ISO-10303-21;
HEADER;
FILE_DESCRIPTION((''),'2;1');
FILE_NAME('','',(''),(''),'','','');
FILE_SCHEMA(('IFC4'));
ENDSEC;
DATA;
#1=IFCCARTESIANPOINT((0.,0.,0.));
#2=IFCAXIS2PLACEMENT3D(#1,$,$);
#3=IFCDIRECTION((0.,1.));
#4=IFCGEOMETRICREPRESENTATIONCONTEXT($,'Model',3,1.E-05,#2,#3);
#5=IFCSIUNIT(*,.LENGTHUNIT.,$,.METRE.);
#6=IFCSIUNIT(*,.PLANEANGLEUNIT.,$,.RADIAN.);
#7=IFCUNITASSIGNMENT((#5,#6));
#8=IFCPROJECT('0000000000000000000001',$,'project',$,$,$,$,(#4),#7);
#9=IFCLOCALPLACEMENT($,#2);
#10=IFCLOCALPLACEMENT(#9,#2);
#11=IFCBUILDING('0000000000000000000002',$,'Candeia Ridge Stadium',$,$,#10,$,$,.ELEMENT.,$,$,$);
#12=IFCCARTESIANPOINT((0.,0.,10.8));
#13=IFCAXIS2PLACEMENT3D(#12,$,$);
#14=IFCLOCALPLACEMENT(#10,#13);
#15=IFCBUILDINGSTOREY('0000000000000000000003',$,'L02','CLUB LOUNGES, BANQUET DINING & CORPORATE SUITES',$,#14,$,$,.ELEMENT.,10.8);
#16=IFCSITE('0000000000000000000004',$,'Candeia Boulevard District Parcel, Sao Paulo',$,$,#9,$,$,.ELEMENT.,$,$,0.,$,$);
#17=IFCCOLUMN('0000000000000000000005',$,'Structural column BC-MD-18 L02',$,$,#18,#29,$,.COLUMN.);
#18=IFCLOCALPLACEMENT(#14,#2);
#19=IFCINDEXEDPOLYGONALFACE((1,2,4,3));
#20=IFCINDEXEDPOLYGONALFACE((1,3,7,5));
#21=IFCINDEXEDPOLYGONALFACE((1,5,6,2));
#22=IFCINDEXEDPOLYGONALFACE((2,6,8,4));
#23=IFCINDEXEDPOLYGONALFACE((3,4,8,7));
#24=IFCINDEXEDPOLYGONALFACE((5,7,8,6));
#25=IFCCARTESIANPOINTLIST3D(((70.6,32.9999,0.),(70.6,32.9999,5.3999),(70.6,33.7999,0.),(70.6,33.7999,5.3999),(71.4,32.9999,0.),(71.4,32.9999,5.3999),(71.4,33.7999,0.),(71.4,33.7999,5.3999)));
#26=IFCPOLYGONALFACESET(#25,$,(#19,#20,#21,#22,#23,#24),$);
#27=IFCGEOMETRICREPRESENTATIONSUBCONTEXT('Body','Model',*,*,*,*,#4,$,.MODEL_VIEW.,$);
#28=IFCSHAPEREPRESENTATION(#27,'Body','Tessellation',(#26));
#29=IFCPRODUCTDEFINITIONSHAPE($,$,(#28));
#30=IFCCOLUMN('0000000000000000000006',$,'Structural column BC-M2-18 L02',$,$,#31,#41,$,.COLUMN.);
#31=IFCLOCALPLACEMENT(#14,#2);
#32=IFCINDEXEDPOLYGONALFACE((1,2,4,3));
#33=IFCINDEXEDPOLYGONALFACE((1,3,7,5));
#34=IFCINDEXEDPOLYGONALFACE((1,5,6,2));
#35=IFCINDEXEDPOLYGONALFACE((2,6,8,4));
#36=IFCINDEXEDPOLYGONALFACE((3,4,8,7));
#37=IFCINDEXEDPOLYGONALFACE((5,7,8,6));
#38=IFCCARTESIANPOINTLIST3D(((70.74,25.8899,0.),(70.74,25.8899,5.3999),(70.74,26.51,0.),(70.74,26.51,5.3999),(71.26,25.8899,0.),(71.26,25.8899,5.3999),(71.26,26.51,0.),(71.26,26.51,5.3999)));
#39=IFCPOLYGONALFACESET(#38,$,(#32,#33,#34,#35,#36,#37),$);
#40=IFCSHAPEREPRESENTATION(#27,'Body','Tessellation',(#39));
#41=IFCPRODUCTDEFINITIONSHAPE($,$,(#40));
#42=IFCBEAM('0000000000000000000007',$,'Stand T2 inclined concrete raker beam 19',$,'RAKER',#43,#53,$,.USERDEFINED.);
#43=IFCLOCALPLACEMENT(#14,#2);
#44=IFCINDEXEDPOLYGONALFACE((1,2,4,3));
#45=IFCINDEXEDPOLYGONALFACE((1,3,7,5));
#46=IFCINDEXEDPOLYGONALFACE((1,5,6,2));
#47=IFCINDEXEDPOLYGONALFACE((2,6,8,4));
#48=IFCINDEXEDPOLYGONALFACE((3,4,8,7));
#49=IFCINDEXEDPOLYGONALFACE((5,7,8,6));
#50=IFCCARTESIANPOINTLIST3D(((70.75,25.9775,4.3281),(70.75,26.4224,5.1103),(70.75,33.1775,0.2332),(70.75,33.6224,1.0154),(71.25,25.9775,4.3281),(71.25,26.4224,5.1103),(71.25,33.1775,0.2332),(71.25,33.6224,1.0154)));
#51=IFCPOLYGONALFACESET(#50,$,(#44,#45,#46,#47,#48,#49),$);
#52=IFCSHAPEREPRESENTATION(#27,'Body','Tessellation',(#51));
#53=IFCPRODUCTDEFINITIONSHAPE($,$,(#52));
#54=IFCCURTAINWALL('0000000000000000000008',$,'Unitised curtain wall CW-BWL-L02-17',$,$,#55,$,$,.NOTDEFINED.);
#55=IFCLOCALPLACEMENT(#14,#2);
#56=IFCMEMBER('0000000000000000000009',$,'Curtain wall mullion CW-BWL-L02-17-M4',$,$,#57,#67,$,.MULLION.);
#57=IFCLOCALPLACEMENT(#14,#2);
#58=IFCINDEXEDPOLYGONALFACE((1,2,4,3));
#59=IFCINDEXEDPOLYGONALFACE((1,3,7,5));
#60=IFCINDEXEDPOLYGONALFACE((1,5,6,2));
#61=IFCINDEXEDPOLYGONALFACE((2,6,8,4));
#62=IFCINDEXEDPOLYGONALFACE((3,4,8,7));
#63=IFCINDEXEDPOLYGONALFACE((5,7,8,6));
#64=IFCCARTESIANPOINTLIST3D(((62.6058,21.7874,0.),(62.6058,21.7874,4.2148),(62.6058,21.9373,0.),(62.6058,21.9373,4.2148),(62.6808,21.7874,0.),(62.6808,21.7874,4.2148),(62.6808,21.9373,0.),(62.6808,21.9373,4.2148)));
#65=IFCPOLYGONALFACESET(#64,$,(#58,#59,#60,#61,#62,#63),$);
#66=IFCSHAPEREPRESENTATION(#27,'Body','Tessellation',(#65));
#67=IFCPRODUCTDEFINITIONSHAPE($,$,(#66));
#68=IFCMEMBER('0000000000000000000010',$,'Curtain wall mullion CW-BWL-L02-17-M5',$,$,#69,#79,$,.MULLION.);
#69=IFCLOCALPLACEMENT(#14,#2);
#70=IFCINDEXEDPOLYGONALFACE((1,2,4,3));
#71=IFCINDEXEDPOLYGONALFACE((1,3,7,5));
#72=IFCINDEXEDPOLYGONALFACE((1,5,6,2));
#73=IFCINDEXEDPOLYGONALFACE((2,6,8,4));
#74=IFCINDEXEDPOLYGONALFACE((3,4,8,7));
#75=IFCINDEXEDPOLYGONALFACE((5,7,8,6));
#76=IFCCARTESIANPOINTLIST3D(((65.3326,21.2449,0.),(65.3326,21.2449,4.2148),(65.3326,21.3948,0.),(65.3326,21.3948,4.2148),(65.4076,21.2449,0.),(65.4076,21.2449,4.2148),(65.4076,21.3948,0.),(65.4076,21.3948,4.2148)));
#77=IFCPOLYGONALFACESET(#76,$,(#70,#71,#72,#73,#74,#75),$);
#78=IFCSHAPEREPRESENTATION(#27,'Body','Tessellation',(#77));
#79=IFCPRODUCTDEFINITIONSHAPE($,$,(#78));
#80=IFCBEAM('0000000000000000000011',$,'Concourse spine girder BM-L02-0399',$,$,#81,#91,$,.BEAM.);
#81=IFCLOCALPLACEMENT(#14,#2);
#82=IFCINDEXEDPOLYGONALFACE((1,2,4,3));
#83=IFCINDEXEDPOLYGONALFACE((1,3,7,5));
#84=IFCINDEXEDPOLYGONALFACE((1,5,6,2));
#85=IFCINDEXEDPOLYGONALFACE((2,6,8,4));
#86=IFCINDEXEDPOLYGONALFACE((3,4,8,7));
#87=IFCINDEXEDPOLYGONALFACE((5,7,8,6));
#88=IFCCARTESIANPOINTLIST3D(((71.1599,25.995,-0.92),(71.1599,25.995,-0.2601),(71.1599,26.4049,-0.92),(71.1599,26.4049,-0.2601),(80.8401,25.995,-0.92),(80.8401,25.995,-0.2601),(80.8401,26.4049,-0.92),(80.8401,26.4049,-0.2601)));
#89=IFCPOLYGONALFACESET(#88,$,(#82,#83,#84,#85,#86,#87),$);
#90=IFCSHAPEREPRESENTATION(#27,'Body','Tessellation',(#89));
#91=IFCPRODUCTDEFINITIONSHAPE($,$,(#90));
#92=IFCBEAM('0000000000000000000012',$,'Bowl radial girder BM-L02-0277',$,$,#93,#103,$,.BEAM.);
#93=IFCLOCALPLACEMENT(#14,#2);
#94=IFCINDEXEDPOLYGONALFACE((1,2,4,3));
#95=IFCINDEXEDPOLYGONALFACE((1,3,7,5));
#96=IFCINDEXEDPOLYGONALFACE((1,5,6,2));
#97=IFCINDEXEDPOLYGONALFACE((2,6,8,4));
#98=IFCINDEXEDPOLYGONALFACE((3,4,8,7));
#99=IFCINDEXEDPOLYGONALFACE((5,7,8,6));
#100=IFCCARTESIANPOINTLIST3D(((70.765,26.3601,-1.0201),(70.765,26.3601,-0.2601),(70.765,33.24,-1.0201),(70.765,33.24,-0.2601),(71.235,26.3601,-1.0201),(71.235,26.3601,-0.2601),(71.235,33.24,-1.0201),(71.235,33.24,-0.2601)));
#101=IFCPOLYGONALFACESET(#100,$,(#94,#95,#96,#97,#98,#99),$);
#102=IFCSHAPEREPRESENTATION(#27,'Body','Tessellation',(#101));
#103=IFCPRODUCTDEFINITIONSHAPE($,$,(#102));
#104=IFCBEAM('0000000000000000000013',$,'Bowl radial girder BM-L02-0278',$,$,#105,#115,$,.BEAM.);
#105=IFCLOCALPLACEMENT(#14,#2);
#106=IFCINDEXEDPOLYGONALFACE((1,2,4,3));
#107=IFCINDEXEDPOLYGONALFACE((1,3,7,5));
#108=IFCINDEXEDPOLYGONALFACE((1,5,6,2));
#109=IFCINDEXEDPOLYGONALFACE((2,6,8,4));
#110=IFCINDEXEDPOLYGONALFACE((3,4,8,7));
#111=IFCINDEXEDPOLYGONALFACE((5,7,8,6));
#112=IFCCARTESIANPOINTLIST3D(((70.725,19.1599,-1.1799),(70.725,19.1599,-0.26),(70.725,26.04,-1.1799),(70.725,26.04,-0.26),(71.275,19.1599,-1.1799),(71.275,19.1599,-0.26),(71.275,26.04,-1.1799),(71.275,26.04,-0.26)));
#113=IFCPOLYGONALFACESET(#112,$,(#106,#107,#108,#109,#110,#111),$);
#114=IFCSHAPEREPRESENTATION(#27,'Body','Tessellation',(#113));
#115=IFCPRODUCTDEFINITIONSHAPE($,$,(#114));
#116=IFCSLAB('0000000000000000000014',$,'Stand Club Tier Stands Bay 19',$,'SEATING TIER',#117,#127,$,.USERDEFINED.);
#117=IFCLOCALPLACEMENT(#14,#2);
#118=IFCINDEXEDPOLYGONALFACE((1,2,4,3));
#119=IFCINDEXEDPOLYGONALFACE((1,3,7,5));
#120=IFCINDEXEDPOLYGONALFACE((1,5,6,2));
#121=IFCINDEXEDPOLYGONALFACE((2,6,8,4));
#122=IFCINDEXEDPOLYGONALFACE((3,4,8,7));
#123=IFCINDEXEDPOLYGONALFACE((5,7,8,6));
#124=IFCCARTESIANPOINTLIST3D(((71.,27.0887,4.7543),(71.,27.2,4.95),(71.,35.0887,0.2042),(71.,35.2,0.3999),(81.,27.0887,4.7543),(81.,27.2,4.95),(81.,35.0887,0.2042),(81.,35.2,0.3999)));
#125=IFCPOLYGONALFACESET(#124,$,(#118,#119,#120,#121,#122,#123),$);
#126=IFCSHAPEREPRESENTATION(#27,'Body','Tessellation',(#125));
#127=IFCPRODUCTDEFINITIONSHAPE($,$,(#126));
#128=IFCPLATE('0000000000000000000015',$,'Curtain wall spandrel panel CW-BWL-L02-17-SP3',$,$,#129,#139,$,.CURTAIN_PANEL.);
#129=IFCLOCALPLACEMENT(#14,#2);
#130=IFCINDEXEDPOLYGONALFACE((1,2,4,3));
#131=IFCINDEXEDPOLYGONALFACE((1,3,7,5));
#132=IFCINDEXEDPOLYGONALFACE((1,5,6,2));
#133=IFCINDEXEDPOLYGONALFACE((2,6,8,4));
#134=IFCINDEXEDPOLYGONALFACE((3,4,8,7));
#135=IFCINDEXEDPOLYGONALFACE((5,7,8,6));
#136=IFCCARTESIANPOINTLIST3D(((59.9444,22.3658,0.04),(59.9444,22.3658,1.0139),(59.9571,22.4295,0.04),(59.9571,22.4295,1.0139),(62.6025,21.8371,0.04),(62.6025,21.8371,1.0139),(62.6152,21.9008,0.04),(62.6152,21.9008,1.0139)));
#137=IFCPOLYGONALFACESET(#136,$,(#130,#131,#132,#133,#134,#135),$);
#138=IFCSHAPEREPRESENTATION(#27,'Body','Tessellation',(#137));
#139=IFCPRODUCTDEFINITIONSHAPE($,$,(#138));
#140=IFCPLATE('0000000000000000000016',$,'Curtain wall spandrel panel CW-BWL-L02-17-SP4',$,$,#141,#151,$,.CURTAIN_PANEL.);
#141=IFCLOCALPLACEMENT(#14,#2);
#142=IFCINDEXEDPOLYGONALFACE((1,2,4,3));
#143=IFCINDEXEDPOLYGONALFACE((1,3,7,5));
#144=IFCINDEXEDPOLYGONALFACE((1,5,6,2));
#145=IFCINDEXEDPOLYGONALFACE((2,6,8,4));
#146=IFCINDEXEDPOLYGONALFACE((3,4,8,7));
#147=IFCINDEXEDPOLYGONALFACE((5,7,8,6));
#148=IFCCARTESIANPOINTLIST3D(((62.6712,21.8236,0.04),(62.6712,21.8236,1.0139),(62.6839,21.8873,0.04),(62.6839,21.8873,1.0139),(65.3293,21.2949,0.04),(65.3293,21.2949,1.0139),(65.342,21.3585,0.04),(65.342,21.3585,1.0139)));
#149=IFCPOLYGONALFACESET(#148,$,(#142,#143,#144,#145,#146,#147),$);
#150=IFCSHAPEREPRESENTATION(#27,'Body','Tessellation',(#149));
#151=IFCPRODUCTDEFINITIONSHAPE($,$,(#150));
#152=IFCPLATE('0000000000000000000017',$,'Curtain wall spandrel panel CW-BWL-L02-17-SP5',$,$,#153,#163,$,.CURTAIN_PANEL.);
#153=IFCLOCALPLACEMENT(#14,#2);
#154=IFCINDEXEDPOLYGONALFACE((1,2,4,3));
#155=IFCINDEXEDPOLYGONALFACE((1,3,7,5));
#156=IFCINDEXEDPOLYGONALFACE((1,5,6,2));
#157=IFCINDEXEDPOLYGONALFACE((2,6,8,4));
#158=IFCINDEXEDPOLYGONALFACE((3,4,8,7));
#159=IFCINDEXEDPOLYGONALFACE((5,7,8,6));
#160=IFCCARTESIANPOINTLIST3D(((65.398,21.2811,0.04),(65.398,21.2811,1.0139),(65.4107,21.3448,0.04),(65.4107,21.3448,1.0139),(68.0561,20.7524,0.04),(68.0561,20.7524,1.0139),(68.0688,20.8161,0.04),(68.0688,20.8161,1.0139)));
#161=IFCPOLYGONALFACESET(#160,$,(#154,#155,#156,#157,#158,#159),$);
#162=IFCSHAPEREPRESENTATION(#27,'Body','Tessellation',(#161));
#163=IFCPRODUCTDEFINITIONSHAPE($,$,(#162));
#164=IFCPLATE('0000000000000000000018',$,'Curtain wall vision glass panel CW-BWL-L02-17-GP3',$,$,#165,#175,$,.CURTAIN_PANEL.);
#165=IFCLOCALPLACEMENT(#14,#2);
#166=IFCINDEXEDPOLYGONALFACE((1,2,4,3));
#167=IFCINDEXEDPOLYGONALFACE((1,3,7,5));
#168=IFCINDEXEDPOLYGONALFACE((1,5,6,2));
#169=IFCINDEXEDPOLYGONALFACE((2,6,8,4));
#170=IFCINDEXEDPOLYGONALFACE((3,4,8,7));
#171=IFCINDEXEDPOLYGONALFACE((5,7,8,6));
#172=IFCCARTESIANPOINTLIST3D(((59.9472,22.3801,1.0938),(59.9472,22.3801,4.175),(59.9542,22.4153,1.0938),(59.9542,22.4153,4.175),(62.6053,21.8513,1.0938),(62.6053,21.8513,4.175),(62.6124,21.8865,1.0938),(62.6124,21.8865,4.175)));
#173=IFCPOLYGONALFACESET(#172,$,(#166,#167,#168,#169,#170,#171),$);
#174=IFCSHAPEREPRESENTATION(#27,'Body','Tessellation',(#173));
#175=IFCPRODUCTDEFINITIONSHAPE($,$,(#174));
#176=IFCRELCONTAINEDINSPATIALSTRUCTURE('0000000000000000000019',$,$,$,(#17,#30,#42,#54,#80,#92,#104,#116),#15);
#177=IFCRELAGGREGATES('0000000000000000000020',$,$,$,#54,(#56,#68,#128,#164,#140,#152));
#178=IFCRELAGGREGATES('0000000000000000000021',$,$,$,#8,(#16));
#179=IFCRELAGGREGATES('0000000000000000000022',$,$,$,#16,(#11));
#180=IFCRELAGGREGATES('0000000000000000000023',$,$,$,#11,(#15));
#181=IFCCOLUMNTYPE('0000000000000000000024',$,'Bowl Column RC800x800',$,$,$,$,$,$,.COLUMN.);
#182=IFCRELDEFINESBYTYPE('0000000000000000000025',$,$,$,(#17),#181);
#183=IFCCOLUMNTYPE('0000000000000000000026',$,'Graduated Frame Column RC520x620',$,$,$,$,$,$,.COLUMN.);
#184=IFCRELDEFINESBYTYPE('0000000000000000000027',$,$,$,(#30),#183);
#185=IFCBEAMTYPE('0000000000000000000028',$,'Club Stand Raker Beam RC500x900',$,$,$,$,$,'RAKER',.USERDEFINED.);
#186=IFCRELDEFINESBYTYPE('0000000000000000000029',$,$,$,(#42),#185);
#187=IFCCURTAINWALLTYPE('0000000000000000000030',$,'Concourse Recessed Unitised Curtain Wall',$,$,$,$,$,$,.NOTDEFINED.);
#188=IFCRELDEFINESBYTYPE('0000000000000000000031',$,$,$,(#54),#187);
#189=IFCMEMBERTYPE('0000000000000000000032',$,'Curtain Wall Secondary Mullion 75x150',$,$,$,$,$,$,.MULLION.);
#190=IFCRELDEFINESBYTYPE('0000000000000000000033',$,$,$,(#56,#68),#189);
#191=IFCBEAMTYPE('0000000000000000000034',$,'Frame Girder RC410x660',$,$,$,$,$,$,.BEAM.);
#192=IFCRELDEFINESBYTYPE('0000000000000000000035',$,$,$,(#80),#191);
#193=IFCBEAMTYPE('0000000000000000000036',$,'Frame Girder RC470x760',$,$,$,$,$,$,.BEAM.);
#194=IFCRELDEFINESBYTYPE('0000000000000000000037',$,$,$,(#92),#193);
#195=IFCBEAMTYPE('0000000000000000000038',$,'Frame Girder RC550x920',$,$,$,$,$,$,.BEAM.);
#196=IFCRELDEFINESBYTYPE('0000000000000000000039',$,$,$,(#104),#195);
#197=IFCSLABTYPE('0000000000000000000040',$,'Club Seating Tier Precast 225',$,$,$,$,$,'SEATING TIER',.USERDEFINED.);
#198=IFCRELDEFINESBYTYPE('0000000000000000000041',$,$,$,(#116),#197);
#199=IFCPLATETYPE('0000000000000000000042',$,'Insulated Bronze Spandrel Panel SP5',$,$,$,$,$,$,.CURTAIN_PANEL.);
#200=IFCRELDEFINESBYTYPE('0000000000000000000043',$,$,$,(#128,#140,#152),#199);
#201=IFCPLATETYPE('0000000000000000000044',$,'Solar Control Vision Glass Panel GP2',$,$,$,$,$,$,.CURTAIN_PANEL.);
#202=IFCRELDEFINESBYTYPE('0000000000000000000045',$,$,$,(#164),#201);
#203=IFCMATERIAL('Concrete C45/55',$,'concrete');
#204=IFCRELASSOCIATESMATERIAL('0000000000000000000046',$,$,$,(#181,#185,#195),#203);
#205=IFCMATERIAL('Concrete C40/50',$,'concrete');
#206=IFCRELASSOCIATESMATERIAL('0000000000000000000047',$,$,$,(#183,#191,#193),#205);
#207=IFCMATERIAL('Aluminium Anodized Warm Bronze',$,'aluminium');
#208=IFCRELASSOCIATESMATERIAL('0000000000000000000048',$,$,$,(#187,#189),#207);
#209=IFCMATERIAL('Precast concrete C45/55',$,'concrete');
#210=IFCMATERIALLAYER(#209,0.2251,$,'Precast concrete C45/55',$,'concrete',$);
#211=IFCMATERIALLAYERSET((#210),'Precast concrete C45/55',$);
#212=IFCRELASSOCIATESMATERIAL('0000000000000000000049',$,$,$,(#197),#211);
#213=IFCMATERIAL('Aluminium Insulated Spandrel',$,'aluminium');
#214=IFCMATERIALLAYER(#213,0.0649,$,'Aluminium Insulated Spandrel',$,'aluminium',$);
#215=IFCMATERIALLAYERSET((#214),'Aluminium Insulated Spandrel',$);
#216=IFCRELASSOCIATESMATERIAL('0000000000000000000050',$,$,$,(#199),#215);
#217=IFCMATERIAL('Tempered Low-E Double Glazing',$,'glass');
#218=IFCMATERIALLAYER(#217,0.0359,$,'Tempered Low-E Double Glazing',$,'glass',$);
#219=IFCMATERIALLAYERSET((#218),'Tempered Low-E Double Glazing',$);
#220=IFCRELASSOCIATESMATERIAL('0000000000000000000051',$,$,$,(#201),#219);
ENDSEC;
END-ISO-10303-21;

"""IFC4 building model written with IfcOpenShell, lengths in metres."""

from ifc_helpers import new_model, si_unit, direction, frame, origin, origin_2d, place, context, subcontext, project, spatial, polyline, rectangle, outline, extrude, material, layer, layer_set, material_profile, profile_set, type_object, element, aggregate, save


model = new_model("IFC4")

# Units and contexts
model_context = context("Model", 3, precision=1e-05, world=origin(), true_north=direction((0.0, 1.0)))
body_context = subcontext(model_context, "Body", "Model", "MODEL_VIEW")
ifc_project = project(units=[si_unit("LENGTHUNIT", "METRE"), si_unit("PLANEANGLEUNIT", "RADIAN")], contexts=[model_context])

# Site, building, storey
site_placement = place(None, origin())
site = spatial("IfcSite", under=ifc_project, at=site_placement, Name="Candeia Boulevard District Parcel, Sao Paulo", CompositionType="ELEMENT", RefElevation=0.0)
building_placement = place(site_placement, origin())
building = spatial("IfcBuilding", under=site, at=building_placement, Name="Candeia Ridge Stadium", CompositionType="ELEMENT")
storey_placement = place(building_placement, frame((0.0, 0.0, 10.8)))
storey = spatial("IfcBuildingStorey", under=building, at=storey_placement, Name="L02", Description="CLUB LOUNGES, BANQUET DINING & CORPORATE SUITES", CompositionType="ELEMENT", Elevation=10.8)

# Columns
ifc_material_1 = material(Name="Concrete C45/55", Category="concrete")
ifc_material_profile_1 = material_profile(ifc_material_1, rectangle(XDim=0.8, YDim=0.8, at=origin_2d()), Name="RC800x800", Category="concrete")
ifc_profile_set_1 = profile_set([ifc_material_profile_1], Name="Concrete C45/55")
column_type_1 = type_object("IfcColumnType", Name="Bowl Column RC800x800", PredefinedType="COLUMN", material=ifc_profile_set_1)
column_1_placement = place(storey_placement, frame((71.0, 33.3999, 0.0), z_axis=(0.0, 0.0, 1.0), x_axis=(1.0, 0.0, 0.0)))
element("IfcColumn", 1, at=column_1_placement, inside=storey, type_object=column_type_1, Name="Structural column BC-MD-18 L02", PredefinedType="COLUMN", context=body_context, shape_type="SweptSolid", body=[
    extrude(rectangle(XDim=0.8, YDim=0.8, at=origin_2d()), origin(), (0.0, 0.0, 1.0), 5.3999),
])
ifc_material_2 = material(Name="Concrete C40/50", Category="concrete")
ifc_material_profile_2 = material_profile(ifc_material_2, rectangle(XDim=0.52, YDim=0.6201, at=origin_2d()), Name="RC520x620", Category="concrete")
ifc_profile_set_2 = profile_set([ifc_material_profile_2], Name="Concrete C40/50")
column_type_2 = type_object("IfcColumnType", Name="Graduated Frame Column RC520x620", PredefinedType="COLUMN", material=ifc_profile_set_2)
column_2_placement = place(storey_placement, frame((71.0, 26.2, 0.0), z_axis=(0.0, 0.0, 1.0), x_axis=(1.0, 0.0, 0.0)))
element("IfcColumn", 2, at=column_2_placement, inside=storey, type_object=column_type_2, Name="Structural column BC-M2-18 L02", PredefinedType="COLUMN", context=body_context, shape_type="SweptSolid", body=[
    extrude(rectangle(XDim=0.52, YDim=0.6201, at=origin_2d()), origin(), (0.0, 0.0, 1.0), 5.3999),
])

# Beam
ifc_material_profile_3 = material_profile(ifc_material_1, rectangle(XDim=0.5, YDim=0.8999, at=origin_2d()), Name="RC500x900", Category="concrete")
ifc_profile_set_3 = profile_set([ifc_material_profile_3], Name="Concrete C45/55")
beam_type_1 = type_object("IfcBeamType", Name="Club Stand Raker Beam RC500x900", ElementType="RAKER", PredefinedType="USERDEFINED", material=ifc_profile_set_3)
beam_1_placement = place(storey_placement, frame((71.0, 33.3999, 0.6243), z_axis=(0.0, -0.869244, 0.494383), x_axis=(1.0, 0.0, 0.0)))
element("IfcBeam", 3, at=beam_1_placement, inside=storey, type_object=beam_type_1, Name="Stand T2 inclined concrete raker beam 19", ObjectType="RAKER", PredefinedType="USERDEFINED", context=body_context, shape_type="SweptSolid", body=[
    extrude(rectangle(XDim=0.5, YDim=0.8999, at=origin_2d()), origin(), (0.0, 0.0, 1.0), 8.283),
])

# Curtain wall, members
ifc_material_3 = material(Name="Aluminium Anodized Warm Bronze", Category="aluminium")
curtain_wall_type = type_object("IfcCurtainWallType", Name="Concourse Recessed Unitised Curtain Wall", PredefinedType="NOTDEFINED", material=ifc_material_3)
curtain_wall_placement = place(storey_placement, origin())
curtain_wall = element("IfcCurtainWall", 4, at=curtain_wall_placement, inside=storey, type_object=curtain_wall_type, Name="Unitised curtain wall CW-BWL-L02-17", PredefinedType="NOTDEFINED")
ifc_material_profile_4 = material_profile(ifc_material_3, rectangle(XDim=0.075, YDim=0.1499, at=origin_2d()), Name="CWM-75x150", Category="aluminium")
ifc_profile_set_4 = profile_set([ifc_material_profile_4], Name="Aluminium Anodized Warm Bronze")
member_type = type_object("IfcMemberType", Name="Curtain Wall Secondary Mullion 75x150", PredefinedType="MULLION", material=ifc_profile_set_4)
member_1_placement = place(storey_placement, frame((62.6433, 21.8623, 0.0), z_axis=(0.0, 0.0, 1.0), x_axis=(1.0, 0.0, 0.0)))
member_1 = element("IfcMember", 5, at=member_1_placement, type_object=member_type, Name="Curtain wall mullion CW-BWL-L02-17-M4", PredefinedType="MULLION", context=body_context, shape_type="SweptSolid", body=[
    extrude(rectangle(XDim=0.075, YDim=0.1499, at=origin_2d()), origin(), (0.0, 0.0, 1.0), 4.2148),
])
member_2_placement = place(storey_placement, frame((65.3701, 21.3198, 0.0), z_axis=(0.0, 0.0, 1.0), x_axis=(1.0, 0.0, 0.0)))
member_2 = element("IfcMember", 6, at=member_2_placement, type_object=member_type, Name="Curtain wall mullion CW-BWL-L02-17-M5", PredefinedType="MULLION", context=body_context, shape_type="SweptSolid", body=[
    extrude(rectangle(XDim=0.075, YDim=0.1499, at=origin_2d()), origin(), (0.0, 0.0, 1.0), 4.2148),
])

# Beams
ifc_material_profile_5 = material_profile(ifc_material_2, rectangle(XDim=0.4099, YDim=0.6599, at=origin_2d()), Name="RC410x660", Category="concrete")
ifc_profile_set_5 = profile_set([ifc_material_profile_5], Name="Concrete C40/50")
beam_type_2 = type_object("IfcBeamType", Name="Frame Girder RC410x660", PredefinedType="BEAM", material=ifc_profile_set_5)
beam_2_placement = place(storey_placement, frame((71.1599, 26.2, -0.5901), z_axis=(1.0, 0.0, 0.0), x_axis=(0.0, 1.0, 0.0)))
element("IfcBeam", 7, at=beam_2_placement, inside=storey, type_object=beam_type_2, Name="Concourse spine girder BM-L02-0399", PredefinedType="BEAM", context=body_context, shape_type="SweptSolid", body=[
    extrude(rectangle(XDim=0.4099, YDim=0.6599, at=origin_2d()), origin(), (0.0, 0.0, 1.0), 9.6802),
])
ifc_material_profile_6 = material_profile(ifc_material_2, rectangle(XDim=0.47, YDim=0.76, at=origin_2d()), Name="RC470x760", Category="concrete")
ifc_profile_set_6 = profile_set([ifc_material_profile_6], Name="Concrete C40/50")
beam_type_3 = type_object("IfcBeamType", Name="Frame Girder RC470x760", PredefinedType="BEAM", material=ifc_profile_set_6)
beam_3_placement = place(storey_placement, frame((71.0, 33.24, -0.6401), z_axis=(0.0, -1.0, 0.0), x_axis=(1.0, 0.0, 0.0)))
element("IfcBeam", 8, at=beam_3_placement, inside=storey, type_object=beam_type_3, Name="Bowl radial girder BM-L02-0277", PredefinedType="BEAM", context=body_context, shape_type="SweptSolid", body=[
    extrude(rectangle(XDim=0.47, YDim=0.76, at=origin_2d()), origin(), (0.0, 0.0, 1.0), 6.8799),
])
ifc_material_profile_7 = material_profile(ifc_material_1, rectangle(XDim=0.55, YDim=0.9199, at=origin_2d()), Name="RC550x920", Category="concrete")
ifc_profile_set_7 = profile_set([ifc_material_profile_7], Name="Concrete C45/55")
beam_type_4 = type_object("IfcBeamType", Name="Frame Girder RC550x920", PredefinedType="BEAM", material=ifc_profile_set_7)
beam_4_placement = place(storey_placement, frame((71.0, 26.04, -0.72), z_axis=(0.0, -1.0, 0.0), x_axis=(1.0, 0.0, 0.0)))
element("IfcBeam", 9, at=beam_4_placement, inside=storey, type_object=beam_type_4, Name="Bowl radial girder BM-L02-0278", PredefinedType="BEAM", context=body_context, shape_type="SweptSolid", body=[
    extrude(rectangle(XDim=0.55, YDim=0.9199, at=origin_2d()), origin(), (0.0, 0.0, 1.0), 6.8801),
])

# Slab
ifc_material_4 = material(Name="Precast concrete C45/55", Category="concrete")
ifc_layer_1 = layer(ifc_material_4, 0.2251, Name="Precast concrete C45/55", Category="concrete")
ifc_layer_set_1 = layer_set([ifc_layer_1], Name="Precast concrete C45/55")
slab_type = type_object("IfcSlabType", Name="Club Seating Tier Precast 225", ElementType="SEATING TIER", PredefinedType="USERDEFINED", material=ifc_layer_set_1)
slab_placement = place(storey_placement, frame((71.0, 35.2, 0.3999), z_axis=(0.0, 0.494387, 0.869242), x_axis=(1.0, 0.0, 0.0)))
element("IfcSlab", 10, at=slab_placement, inside=storey, type_object=slab_type, Name="Stand Club Tier Stands Bay 19", ObjectType="SEATING TIER", PredefinedType="USERDEFINED", context=body_context, shape_type="SweptSolid", body=[
    extrude(outline(polyline([(0.0, 0.0), (10.0, 0.0), (10.0, -9.2034), (0.0, -9.2034), (0.0, 0.0)])), origin(), (0.0, 0.0, -1.0), 0.2251),
])

# Plates
ifc_material_5 = material(Name="Aluminium Insulated Spandrel", Category="aluminium")
ifc_layer_2 = layer(ifc_material_5, 0.0649, Name="Aluminium Insulated Spandrel", Category="aluminium")
ifc_layer_set_2 = layer_set([ifc_layer_2], Name="Aluminium Insulated Spandrel")
plate_type_1 = type_object("IfcPlateType", Name="Insulated Bronze Spandrel Panel SP5", PredefinedType="CURTAIN_PANEL", material=ifc_layer_set_2)
plate_1_placement = place(storey_placement, frame((61.2798, 22.1333, 0.04), z_axis=(0.0, 0.0, 1.0), x_axis=(0.980785, -0.19509, 0.0)))
plate_1 = element("IfcPlate", 11, at=plate_1_placement, type_object=plate_type_1, Name="Curtain wall spandrel panel CW-BWL-L02-17-SP3", PredefinedType="CURTAIN_PANEL", context=body_context, shape_type="SweptSolid", body=[
    extrude(rectangle(XDim=2.7102, YDim=0.0649, at=origin_2d()), origin(), (0.0, 0.0, 1.0), 0.9739),
])
plate_2_placement = place(storey_placement, frame((64.0066, 21.5911, 0.04), z_axis=(0.0, 0.0, 1.0), x_axis=(0.980785, -0.19509, 0.0)))
plate_2 = element("IfcPlate", 12, at=plate_2_placement, type_object=plate_type_1, Name="Curtain wall spandrel panel CW-BWL-L02-17-SP4", PredefinedType="CURTAIN_PANEL", context=body_context, shape_type="SweptSolid", body=[
    extrude(rectangle(XDim=2.7102, YDim=0.0649, at=origin_2d()), origin(), (0.0, 0.0, 1.0), 0.9739),
])
plate_3_placement = place(storey_placement, frame((66.7334, 21.0486, 0.04), z_axis=(0.0, 0.0, 1.0), x_axis=(0.980785, -0.19509, 0.0)))
plate_3 = element("IfcPlate", 13, at=plate_3_placement, type_object=plate_type_1, Name="Curtain wall spandrel panel CW-BWL-L02-17-SP5", PredefinedType="CURTAIN_PANEL", context=body_context, shape_type="SweptSolid", body=[
    extrude(rectangle(XDim=2.7102, YDim=0.0649, at=origin_2d()), origin(), (0.0, 0.0, 1.0), 0.9739),
])
ifc_material_6 = material(Name="Tempered Low-E Double Glazing", Category="glass")
ifc_layer_3 = layer(ifc_material_6, 0.0359, Name="Tempered Low-E Double Glazing", Category="glass")
ifc_layer_set_3 = layer_set([ifc_layer_3], Name="Tempered Low-E Double Glazing")
plate_type_2 = type_object("IfcPlateType", Name="Solar Control Vision Glass Panel GP2", PredefinedType="CURTAIN_PANEL", material=ifc_layer_set_3)
plate_4_placement = place(storey_placement, frame((61.2798, 22.1333, 1.0938), z_axis=(0.0, 0.0, 1.0), x_axis=(0.980785, -0.19509, 0.0)))
plate_4 = element("IfcPlate", 14, at=plate_4_placement, type_object=plate_type_2, Name="Curtain wall vision glass panel CW-BWL-L02-17-GP3", PredefinedType="CURTAIN_PANEL", context=body_context, shape_type="SweptSolid", body=[
    extrude(rectangle(XDim=2.7102, YDim=0.0359, at=origin_2d()), origin(), (0.0, 0.0, 1.0), 3.0813),
])
aggregate(curtain_wall, [member_1, member_2, plate_1, plate_4, plate_2, plate_3])

save(model, "model.ifc")
